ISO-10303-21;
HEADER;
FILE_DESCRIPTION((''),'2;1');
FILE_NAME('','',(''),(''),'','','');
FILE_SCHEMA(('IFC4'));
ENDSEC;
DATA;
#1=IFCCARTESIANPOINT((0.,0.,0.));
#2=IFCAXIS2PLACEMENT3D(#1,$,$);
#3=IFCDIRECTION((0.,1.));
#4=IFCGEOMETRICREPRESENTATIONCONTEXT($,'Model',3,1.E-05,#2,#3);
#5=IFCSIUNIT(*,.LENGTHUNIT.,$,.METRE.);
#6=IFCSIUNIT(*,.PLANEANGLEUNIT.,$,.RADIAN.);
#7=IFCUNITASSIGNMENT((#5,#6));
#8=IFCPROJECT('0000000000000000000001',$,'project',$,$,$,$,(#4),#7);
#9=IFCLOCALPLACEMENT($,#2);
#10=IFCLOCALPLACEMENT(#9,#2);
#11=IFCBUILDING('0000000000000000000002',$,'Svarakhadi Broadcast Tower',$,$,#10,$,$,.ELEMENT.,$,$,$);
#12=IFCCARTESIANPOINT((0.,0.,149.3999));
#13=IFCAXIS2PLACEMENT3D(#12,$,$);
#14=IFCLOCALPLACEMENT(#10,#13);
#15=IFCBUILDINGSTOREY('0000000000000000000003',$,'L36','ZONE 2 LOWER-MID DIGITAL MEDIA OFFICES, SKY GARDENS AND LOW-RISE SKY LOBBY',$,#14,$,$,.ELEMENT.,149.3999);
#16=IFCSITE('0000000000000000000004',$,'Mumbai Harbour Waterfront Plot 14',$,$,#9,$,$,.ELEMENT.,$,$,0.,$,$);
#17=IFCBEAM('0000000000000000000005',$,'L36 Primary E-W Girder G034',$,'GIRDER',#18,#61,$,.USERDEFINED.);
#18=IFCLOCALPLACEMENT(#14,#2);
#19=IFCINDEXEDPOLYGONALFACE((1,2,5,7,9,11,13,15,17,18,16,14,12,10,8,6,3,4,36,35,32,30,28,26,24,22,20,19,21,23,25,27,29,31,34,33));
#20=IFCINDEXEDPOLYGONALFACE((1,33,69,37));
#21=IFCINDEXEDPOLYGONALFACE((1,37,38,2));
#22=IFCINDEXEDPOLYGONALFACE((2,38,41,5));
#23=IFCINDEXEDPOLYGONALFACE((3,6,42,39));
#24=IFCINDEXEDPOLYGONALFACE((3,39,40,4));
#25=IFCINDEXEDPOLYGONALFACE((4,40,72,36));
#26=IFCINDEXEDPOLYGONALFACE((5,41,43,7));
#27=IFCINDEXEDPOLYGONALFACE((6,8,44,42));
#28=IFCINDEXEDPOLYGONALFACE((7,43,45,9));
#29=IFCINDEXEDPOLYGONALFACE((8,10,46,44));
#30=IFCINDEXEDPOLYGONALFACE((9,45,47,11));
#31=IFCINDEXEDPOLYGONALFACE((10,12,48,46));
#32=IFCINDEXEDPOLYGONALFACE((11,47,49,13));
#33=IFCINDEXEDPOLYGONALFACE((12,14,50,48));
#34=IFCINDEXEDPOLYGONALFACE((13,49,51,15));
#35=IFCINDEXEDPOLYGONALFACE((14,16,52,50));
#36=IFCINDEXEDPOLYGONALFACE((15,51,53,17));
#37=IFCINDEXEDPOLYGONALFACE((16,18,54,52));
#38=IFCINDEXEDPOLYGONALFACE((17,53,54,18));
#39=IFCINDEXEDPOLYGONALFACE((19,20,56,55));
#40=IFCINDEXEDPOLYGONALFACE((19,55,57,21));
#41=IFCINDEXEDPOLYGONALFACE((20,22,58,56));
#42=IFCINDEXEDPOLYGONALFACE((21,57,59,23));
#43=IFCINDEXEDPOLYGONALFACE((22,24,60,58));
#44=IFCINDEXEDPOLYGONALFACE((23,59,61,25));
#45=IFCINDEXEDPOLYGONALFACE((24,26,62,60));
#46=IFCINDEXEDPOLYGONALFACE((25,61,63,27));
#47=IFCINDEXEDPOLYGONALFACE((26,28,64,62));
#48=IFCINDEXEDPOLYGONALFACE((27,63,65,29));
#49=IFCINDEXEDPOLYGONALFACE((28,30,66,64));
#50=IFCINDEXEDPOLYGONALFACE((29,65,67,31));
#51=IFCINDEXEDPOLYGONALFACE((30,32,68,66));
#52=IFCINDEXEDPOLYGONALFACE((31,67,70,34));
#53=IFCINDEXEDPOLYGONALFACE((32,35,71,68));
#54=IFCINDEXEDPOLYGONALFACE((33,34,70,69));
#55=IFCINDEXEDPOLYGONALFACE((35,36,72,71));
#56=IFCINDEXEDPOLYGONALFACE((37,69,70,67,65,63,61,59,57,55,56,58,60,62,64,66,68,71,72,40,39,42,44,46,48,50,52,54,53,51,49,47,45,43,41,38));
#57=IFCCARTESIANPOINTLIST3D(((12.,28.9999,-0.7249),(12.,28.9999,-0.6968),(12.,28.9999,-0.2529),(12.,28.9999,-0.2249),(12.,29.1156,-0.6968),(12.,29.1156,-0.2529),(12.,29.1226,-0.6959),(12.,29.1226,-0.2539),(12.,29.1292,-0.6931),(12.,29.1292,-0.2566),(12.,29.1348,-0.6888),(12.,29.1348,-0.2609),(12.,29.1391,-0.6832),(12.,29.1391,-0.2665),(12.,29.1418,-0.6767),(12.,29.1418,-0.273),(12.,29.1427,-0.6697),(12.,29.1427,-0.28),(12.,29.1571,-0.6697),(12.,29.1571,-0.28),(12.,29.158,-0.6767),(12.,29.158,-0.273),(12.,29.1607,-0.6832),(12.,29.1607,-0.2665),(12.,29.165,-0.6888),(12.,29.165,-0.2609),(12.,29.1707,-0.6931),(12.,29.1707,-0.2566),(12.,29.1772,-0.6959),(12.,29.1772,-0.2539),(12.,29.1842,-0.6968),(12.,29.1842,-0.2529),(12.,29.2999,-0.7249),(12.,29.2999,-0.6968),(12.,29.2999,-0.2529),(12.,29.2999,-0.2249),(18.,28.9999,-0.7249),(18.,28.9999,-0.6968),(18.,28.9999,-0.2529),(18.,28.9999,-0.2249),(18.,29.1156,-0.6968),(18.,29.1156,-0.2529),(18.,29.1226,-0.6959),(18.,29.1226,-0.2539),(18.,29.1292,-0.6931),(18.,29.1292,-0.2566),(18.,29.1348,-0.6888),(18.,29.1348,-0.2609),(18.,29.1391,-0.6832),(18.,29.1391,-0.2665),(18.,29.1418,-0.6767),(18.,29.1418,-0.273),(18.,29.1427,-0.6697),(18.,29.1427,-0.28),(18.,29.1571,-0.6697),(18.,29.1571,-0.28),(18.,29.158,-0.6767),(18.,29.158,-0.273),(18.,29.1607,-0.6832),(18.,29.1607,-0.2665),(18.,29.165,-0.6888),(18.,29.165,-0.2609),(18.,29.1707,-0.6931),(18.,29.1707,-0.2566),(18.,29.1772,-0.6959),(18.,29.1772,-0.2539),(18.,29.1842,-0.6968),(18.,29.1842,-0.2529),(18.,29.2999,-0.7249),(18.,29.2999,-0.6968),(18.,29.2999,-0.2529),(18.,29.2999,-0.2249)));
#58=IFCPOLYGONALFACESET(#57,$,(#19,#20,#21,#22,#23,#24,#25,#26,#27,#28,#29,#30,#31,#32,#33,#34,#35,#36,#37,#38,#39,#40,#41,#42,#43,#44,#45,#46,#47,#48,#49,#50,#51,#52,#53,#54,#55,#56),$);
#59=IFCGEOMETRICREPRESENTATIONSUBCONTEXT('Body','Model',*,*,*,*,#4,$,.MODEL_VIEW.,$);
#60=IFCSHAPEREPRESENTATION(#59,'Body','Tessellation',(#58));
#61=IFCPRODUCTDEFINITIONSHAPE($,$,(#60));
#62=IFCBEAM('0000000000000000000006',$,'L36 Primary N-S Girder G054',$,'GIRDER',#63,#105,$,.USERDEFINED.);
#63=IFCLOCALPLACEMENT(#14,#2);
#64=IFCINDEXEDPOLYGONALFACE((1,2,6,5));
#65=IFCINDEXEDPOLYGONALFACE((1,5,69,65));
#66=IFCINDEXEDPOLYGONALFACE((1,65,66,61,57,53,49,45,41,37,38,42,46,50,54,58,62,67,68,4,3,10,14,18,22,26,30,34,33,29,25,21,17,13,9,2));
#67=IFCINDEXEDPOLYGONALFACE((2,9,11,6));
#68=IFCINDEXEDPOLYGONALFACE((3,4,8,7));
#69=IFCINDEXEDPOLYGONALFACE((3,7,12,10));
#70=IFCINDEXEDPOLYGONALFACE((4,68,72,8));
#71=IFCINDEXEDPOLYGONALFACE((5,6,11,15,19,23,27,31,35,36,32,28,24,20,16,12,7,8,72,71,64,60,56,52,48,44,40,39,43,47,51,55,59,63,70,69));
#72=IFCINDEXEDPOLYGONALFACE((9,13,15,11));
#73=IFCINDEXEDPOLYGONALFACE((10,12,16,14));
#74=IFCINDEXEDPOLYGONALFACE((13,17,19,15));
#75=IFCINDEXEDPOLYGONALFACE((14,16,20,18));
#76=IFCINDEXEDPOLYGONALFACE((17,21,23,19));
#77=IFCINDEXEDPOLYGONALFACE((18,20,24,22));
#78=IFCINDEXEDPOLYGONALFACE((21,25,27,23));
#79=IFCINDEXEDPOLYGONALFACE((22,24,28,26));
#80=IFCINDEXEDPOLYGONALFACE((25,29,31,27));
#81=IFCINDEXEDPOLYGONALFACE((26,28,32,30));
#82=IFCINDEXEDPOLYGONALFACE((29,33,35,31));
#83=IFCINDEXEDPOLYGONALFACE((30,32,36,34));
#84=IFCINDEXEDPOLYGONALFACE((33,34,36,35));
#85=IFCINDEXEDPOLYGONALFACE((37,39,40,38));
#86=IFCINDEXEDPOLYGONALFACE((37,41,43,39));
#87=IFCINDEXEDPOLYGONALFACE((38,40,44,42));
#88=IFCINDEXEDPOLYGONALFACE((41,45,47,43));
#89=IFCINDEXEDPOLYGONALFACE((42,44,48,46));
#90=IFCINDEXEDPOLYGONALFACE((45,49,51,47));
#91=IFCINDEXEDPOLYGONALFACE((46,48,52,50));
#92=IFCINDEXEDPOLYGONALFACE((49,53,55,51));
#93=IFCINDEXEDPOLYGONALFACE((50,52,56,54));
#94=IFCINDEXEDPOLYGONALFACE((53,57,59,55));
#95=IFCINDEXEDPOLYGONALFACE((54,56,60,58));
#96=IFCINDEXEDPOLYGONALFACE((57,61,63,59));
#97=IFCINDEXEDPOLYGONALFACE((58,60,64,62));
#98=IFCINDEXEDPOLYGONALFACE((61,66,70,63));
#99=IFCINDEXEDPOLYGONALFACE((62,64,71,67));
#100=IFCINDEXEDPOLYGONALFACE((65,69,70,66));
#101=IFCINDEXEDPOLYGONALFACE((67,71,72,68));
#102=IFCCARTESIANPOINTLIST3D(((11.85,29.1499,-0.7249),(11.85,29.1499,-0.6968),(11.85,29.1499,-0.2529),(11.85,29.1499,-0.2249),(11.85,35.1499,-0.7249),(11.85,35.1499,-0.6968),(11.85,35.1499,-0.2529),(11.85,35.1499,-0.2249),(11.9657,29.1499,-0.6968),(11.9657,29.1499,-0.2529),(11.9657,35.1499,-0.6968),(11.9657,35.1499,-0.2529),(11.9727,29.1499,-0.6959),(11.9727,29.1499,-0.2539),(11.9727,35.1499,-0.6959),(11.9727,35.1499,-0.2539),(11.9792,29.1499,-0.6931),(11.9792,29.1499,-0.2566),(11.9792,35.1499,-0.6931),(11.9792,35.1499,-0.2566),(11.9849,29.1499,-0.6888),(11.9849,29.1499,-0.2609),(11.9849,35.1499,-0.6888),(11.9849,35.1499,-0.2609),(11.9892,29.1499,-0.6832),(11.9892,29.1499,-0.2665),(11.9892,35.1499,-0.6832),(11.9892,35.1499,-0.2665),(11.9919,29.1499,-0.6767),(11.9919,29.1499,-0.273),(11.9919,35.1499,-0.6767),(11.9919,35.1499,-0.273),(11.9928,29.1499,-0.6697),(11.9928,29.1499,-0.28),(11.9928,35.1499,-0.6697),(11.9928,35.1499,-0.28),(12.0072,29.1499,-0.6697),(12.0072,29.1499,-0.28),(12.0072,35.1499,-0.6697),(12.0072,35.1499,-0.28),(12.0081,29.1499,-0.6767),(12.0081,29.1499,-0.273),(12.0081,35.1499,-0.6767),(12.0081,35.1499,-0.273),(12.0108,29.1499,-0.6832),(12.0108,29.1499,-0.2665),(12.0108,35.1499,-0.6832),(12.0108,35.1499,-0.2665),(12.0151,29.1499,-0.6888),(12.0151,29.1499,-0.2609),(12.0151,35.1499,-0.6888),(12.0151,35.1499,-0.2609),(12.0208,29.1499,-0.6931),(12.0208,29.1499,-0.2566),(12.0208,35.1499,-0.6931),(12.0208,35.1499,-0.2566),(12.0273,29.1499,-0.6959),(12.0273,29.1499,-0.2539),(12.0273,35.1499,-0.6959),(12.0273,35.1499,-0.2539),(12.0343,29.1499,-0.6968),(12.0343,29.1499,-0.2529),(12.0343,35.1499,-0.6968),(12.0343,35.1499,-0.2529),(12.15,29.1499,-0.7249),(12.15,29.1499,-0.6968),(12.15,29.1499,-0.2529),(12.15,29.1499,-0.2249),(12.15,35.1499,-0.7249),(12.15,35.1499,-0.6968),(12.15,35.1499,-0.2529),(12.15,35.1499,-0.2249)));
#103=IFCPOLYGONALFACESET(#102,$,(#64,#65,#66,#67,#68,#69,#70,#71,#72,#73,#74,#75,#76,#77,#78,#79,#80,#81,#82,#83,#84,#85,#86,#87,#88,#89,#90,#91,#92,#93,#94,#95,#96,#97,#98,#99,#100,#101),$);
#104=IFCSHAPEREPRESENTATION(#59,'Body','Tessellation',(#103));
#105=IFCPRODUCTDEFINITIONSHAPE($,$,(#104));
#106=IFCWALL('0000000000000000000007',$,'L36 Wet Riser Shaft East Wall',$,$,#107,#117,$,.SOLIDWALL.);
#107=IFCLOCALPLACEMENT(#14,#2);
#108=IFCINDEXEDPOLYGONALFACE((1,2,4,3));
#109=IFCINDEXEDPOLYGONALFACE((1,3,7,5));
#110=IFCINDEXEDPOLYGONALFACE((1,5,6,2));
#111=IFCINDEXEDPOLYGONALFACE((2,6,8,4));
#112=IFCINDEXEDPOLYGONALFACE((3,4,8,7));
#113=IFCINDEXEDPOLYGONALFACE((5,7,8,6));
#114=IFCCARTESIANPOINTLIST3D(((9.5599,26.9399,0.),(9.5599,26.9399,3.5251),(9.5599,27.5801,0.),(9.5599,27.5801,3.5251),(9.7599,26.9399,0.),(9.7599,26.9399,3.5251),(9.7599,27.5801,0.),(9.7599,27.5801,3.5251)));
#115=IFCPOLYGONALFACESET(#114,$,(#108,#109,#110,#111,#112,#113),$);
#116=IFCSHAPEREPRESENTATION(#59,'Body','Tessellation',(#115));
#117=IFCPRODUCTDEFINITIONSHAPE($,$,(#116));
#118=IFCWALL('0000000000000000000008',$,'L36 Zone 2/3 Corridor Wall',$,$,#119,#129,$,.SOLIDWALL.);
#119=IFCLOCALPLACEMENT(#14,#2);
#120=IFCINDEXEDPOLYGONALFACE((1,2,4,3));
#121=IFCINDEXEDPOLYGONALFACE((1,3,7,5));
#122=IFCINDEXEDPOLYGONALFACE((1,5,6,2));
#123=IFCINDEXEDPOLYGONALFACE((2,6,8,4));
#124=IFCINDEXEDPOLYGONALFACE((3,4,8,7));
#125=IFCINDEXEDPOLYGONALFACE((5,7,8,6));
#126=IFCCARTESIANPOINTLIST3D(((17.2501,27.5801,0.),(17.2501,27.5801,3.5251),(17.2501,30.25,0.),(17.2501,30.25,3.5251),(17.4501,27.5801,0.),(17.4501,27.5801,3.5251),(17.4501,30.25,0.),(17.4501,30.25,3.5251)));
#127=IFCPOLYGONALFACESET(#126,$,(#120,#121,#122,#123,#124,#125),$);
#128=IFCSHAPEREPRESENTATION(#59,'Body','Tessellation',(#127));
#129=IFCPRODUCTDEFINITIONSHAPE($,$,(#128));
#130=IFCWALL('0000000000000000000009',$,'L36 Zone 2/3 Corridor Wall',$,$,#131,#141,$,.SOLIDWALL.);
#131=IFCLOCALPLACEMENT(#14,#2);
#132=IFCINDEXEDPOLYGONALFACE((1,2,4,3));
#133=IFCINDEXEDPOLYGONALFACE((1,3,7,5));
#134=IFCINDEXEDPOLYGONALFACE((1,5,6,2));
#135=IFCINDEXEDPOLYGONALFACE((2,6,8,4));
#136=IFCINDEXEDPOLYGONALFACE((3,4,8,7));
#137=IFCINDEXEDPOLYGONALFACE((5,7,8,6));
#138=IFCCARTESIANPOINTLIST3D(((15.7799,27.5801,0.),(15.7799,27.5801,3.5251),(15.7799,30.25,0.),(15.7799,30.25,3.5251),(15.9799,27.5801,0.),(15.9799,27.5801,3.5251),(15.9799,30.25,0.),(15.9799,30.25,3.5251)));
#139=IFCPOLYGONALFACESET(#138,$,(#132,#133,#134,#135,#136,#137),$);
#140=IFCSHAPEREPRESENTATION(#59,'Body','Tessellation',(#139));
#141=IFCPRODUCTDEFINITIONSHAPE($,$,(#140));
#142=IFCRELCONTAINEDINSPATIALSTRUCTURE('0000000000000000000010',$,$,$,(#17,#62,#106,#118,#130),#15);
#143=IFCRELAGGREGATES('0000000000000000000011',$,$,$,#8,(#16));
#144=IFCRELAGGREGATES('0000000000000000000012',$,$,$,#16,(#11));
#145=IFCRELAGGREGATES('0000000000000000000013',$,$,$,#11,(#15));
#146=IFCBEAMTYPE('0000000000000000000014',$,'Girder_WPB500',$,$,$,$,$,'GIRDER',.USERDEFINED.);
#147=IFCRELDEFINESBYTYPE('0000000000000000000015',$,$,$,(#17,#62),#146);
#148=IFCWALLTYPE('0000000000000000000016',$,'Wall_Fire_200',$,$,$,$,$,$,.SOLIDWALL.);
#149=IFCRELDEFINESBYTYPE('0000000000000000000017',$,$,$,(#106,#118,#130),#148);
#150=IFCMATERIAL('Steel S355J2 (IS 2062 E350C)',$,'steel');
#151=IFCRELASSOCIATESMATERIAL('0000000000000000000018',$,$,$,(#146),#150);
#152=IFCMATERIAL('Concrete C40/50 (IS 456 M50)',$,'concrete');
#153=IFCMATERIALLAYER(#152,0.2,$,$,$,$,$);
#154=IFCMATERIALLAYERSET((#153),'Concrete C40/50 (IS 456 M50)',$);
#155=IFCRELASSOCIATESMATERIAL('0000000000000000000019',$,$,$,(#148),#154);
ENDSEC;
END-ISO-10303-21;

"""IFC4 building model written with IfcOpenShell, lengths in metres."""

from ifc_helpers import new_model, si_unit, direction, frame, frame_2d, origin, origin_2d, place, context, subcontext, project, spatial, rectangle, i_section, extrude, material, layer, layer_set, material_profile, profile_set, type_object, element, save


model = new_model("IFC4")

# Units and contexts
model_context = context("Model", 3, precision=1e-05, world=origin(), true_north=direction((0.0, 1.0)))
body_context = subcontext(model_context, "Body", "Model", "MODEL_VIEW")
ifc_project = project(units=[si_unit("LENGTHUNIT", "METRE"), si_unit("PLANEANGLEUNIT", "RADIAN")], contexts=[model_context])

# Site, building, storey
site_placement = place(None, origin())
site = spatial("IfcSite", under=ifc_project, at=site_placement, Name="Mumbai Harbour Waterfront Plot 14", CompositionType="ELEMENT", RefElevation=0.0)
building_placement = place(site_placement, origin())
building = spatial("IfcBuilding", under=site, at=building_placement, Name="Svarakhadi Broadcast Tower", CompositionType="ELEMENT")
storey_placement = place(building_placement, frame((0.0, 0.0, 149.3999)))
storey = spatial("IfcBuildingStorey", under=building, at=storey_placement, Name="L36", Description="ZONE 2 LOWER-MID DIGITAL MEDIA OFFICES, SKY GARDENS AND LOW-RISE SKY LOBBY", CompositionType="ELEMENT", Elevation=149.3999)

# Beams
ifc_material_1 = material(Name="Steel S355J2 (IS 2062 E350C)", Category="steel")
ifc_material_profile_1 = material_profile(ifc_material_1, i_section(OverallWidth=0.3, OverallDepth=0.5, WebThickness=0.0144, FlangeThickness=0.0281, FilletRadius=0.0271, at=origin_2d()), Name="WPB 500x300x187")
ifc_profile_set_1 = profile_set([ifc_material_profile_1], Name="Steel S355J2 (IS 2062 E350C)")
beam_type_1 = type_object("IfcBeamType", Name="Girder_WPB500", ElementType="GIRDER", PredefinedType="USERDEFINED", material=ifc_profile_set_1)
for number, where, z_axis, x_axis, name in (
    (1, (12.0, 29.1499, -0.4749), (1.0, 0.0, 0.0), (0.0, 1.0, 0.0), "L36 Primary E-W Girder G034"),
    (2, (12.0, 29.1499, -0.4749), (0.0, 1.0, 0.0), (-1.0, 0.0, 0.0), "L36 Primary N-S Girder G054"),
):
    element("IfcBeam", number, at=place(storey_placement, frame(where, z_axis=z_axis, x_axis=x_axis)), inside=storey, type_object=beam_type_1, Name=name, ObjectType="GIRDER", PredefinedType="USERDEFINED", context=body_context, shape_type="SweptSolid", body=[
        extrude(i_section(OverallWidth=0.3, OverallDepth=0.5, WebThickness=0.0144, FlangeThickness=0.0281, FilletRadius=0.0271, at=origin_2d()), origin(), (0.0, 0.0, 1.0), 6.0),
    ])

# Walls
ifc_material_2 = material(Name="Concrete C40/50 (IS 456 M50)", Category="concrete")
ifc_layer_1 = layer(ifc_material_2, 0.2)
ifc_layer_set_1 = layer_set([ifc_layer_1], Name="Concrete C40/50 (IS 456 M50)")
wall_type_1 = type_object("IfcWallType", Name="Wall_Fire_200", PredefinedType="SOLIDWALL", material=ifc_layer_set_1)
wall_1_placement = place(storey_placement, frame((9.6599, 26.9399, 0.0), z_axis=(0.0, 0.0, 1.0), x_axis=(0.0, 1.0, 0.0)))
element("IfcWall", 3, at=wall_1_placement, inside=storey, type_object=wall_type_1, Name="L36 Wet Riser Shaft East Wall", PredefinedType="SOLIDWALL", context=body_context, shape_type="SweptSolid", body=[
    extrude(rectangle(XDim=0.6401, YDim=0.2, at=frame_2d((0.3201, 0.0))), origin(), (0.0, 0.0, 1.0), 3.5251),
])
for number, where, z_axis, x_axis, name in (
    (4, (17.3501, 30.25, 0.0), (0.0, 0.0, 1.0), (0.0, -1.0, 0.0), "L36 Zone 2/3 Corridor Wall"),
    (5, (15.8799, 27.5801, 0.0), (0.0, 0.0, 1.0), (0.0, 1.0, 0.0), "L36 Zone 2/3 Corridor Wall"),
):
    element("IfcWall", number, at=place(storey_placement, frame(where, z_axis=z_axis, x_axis=x_axis)), inside=storey, type_object=wall_type_1, Name=name, PredefinedType="SOLIDWALL", context=body_context, shape_type="SweptSolid", body=[
        extrude(rectangle(XDim=2.6699, YDim=0.2, at=frame_2d((1.335, 0.0))), origin(), (0.0, 0.0, 1.0), 3.5251),
    ])

save(model, "model.ifc")
